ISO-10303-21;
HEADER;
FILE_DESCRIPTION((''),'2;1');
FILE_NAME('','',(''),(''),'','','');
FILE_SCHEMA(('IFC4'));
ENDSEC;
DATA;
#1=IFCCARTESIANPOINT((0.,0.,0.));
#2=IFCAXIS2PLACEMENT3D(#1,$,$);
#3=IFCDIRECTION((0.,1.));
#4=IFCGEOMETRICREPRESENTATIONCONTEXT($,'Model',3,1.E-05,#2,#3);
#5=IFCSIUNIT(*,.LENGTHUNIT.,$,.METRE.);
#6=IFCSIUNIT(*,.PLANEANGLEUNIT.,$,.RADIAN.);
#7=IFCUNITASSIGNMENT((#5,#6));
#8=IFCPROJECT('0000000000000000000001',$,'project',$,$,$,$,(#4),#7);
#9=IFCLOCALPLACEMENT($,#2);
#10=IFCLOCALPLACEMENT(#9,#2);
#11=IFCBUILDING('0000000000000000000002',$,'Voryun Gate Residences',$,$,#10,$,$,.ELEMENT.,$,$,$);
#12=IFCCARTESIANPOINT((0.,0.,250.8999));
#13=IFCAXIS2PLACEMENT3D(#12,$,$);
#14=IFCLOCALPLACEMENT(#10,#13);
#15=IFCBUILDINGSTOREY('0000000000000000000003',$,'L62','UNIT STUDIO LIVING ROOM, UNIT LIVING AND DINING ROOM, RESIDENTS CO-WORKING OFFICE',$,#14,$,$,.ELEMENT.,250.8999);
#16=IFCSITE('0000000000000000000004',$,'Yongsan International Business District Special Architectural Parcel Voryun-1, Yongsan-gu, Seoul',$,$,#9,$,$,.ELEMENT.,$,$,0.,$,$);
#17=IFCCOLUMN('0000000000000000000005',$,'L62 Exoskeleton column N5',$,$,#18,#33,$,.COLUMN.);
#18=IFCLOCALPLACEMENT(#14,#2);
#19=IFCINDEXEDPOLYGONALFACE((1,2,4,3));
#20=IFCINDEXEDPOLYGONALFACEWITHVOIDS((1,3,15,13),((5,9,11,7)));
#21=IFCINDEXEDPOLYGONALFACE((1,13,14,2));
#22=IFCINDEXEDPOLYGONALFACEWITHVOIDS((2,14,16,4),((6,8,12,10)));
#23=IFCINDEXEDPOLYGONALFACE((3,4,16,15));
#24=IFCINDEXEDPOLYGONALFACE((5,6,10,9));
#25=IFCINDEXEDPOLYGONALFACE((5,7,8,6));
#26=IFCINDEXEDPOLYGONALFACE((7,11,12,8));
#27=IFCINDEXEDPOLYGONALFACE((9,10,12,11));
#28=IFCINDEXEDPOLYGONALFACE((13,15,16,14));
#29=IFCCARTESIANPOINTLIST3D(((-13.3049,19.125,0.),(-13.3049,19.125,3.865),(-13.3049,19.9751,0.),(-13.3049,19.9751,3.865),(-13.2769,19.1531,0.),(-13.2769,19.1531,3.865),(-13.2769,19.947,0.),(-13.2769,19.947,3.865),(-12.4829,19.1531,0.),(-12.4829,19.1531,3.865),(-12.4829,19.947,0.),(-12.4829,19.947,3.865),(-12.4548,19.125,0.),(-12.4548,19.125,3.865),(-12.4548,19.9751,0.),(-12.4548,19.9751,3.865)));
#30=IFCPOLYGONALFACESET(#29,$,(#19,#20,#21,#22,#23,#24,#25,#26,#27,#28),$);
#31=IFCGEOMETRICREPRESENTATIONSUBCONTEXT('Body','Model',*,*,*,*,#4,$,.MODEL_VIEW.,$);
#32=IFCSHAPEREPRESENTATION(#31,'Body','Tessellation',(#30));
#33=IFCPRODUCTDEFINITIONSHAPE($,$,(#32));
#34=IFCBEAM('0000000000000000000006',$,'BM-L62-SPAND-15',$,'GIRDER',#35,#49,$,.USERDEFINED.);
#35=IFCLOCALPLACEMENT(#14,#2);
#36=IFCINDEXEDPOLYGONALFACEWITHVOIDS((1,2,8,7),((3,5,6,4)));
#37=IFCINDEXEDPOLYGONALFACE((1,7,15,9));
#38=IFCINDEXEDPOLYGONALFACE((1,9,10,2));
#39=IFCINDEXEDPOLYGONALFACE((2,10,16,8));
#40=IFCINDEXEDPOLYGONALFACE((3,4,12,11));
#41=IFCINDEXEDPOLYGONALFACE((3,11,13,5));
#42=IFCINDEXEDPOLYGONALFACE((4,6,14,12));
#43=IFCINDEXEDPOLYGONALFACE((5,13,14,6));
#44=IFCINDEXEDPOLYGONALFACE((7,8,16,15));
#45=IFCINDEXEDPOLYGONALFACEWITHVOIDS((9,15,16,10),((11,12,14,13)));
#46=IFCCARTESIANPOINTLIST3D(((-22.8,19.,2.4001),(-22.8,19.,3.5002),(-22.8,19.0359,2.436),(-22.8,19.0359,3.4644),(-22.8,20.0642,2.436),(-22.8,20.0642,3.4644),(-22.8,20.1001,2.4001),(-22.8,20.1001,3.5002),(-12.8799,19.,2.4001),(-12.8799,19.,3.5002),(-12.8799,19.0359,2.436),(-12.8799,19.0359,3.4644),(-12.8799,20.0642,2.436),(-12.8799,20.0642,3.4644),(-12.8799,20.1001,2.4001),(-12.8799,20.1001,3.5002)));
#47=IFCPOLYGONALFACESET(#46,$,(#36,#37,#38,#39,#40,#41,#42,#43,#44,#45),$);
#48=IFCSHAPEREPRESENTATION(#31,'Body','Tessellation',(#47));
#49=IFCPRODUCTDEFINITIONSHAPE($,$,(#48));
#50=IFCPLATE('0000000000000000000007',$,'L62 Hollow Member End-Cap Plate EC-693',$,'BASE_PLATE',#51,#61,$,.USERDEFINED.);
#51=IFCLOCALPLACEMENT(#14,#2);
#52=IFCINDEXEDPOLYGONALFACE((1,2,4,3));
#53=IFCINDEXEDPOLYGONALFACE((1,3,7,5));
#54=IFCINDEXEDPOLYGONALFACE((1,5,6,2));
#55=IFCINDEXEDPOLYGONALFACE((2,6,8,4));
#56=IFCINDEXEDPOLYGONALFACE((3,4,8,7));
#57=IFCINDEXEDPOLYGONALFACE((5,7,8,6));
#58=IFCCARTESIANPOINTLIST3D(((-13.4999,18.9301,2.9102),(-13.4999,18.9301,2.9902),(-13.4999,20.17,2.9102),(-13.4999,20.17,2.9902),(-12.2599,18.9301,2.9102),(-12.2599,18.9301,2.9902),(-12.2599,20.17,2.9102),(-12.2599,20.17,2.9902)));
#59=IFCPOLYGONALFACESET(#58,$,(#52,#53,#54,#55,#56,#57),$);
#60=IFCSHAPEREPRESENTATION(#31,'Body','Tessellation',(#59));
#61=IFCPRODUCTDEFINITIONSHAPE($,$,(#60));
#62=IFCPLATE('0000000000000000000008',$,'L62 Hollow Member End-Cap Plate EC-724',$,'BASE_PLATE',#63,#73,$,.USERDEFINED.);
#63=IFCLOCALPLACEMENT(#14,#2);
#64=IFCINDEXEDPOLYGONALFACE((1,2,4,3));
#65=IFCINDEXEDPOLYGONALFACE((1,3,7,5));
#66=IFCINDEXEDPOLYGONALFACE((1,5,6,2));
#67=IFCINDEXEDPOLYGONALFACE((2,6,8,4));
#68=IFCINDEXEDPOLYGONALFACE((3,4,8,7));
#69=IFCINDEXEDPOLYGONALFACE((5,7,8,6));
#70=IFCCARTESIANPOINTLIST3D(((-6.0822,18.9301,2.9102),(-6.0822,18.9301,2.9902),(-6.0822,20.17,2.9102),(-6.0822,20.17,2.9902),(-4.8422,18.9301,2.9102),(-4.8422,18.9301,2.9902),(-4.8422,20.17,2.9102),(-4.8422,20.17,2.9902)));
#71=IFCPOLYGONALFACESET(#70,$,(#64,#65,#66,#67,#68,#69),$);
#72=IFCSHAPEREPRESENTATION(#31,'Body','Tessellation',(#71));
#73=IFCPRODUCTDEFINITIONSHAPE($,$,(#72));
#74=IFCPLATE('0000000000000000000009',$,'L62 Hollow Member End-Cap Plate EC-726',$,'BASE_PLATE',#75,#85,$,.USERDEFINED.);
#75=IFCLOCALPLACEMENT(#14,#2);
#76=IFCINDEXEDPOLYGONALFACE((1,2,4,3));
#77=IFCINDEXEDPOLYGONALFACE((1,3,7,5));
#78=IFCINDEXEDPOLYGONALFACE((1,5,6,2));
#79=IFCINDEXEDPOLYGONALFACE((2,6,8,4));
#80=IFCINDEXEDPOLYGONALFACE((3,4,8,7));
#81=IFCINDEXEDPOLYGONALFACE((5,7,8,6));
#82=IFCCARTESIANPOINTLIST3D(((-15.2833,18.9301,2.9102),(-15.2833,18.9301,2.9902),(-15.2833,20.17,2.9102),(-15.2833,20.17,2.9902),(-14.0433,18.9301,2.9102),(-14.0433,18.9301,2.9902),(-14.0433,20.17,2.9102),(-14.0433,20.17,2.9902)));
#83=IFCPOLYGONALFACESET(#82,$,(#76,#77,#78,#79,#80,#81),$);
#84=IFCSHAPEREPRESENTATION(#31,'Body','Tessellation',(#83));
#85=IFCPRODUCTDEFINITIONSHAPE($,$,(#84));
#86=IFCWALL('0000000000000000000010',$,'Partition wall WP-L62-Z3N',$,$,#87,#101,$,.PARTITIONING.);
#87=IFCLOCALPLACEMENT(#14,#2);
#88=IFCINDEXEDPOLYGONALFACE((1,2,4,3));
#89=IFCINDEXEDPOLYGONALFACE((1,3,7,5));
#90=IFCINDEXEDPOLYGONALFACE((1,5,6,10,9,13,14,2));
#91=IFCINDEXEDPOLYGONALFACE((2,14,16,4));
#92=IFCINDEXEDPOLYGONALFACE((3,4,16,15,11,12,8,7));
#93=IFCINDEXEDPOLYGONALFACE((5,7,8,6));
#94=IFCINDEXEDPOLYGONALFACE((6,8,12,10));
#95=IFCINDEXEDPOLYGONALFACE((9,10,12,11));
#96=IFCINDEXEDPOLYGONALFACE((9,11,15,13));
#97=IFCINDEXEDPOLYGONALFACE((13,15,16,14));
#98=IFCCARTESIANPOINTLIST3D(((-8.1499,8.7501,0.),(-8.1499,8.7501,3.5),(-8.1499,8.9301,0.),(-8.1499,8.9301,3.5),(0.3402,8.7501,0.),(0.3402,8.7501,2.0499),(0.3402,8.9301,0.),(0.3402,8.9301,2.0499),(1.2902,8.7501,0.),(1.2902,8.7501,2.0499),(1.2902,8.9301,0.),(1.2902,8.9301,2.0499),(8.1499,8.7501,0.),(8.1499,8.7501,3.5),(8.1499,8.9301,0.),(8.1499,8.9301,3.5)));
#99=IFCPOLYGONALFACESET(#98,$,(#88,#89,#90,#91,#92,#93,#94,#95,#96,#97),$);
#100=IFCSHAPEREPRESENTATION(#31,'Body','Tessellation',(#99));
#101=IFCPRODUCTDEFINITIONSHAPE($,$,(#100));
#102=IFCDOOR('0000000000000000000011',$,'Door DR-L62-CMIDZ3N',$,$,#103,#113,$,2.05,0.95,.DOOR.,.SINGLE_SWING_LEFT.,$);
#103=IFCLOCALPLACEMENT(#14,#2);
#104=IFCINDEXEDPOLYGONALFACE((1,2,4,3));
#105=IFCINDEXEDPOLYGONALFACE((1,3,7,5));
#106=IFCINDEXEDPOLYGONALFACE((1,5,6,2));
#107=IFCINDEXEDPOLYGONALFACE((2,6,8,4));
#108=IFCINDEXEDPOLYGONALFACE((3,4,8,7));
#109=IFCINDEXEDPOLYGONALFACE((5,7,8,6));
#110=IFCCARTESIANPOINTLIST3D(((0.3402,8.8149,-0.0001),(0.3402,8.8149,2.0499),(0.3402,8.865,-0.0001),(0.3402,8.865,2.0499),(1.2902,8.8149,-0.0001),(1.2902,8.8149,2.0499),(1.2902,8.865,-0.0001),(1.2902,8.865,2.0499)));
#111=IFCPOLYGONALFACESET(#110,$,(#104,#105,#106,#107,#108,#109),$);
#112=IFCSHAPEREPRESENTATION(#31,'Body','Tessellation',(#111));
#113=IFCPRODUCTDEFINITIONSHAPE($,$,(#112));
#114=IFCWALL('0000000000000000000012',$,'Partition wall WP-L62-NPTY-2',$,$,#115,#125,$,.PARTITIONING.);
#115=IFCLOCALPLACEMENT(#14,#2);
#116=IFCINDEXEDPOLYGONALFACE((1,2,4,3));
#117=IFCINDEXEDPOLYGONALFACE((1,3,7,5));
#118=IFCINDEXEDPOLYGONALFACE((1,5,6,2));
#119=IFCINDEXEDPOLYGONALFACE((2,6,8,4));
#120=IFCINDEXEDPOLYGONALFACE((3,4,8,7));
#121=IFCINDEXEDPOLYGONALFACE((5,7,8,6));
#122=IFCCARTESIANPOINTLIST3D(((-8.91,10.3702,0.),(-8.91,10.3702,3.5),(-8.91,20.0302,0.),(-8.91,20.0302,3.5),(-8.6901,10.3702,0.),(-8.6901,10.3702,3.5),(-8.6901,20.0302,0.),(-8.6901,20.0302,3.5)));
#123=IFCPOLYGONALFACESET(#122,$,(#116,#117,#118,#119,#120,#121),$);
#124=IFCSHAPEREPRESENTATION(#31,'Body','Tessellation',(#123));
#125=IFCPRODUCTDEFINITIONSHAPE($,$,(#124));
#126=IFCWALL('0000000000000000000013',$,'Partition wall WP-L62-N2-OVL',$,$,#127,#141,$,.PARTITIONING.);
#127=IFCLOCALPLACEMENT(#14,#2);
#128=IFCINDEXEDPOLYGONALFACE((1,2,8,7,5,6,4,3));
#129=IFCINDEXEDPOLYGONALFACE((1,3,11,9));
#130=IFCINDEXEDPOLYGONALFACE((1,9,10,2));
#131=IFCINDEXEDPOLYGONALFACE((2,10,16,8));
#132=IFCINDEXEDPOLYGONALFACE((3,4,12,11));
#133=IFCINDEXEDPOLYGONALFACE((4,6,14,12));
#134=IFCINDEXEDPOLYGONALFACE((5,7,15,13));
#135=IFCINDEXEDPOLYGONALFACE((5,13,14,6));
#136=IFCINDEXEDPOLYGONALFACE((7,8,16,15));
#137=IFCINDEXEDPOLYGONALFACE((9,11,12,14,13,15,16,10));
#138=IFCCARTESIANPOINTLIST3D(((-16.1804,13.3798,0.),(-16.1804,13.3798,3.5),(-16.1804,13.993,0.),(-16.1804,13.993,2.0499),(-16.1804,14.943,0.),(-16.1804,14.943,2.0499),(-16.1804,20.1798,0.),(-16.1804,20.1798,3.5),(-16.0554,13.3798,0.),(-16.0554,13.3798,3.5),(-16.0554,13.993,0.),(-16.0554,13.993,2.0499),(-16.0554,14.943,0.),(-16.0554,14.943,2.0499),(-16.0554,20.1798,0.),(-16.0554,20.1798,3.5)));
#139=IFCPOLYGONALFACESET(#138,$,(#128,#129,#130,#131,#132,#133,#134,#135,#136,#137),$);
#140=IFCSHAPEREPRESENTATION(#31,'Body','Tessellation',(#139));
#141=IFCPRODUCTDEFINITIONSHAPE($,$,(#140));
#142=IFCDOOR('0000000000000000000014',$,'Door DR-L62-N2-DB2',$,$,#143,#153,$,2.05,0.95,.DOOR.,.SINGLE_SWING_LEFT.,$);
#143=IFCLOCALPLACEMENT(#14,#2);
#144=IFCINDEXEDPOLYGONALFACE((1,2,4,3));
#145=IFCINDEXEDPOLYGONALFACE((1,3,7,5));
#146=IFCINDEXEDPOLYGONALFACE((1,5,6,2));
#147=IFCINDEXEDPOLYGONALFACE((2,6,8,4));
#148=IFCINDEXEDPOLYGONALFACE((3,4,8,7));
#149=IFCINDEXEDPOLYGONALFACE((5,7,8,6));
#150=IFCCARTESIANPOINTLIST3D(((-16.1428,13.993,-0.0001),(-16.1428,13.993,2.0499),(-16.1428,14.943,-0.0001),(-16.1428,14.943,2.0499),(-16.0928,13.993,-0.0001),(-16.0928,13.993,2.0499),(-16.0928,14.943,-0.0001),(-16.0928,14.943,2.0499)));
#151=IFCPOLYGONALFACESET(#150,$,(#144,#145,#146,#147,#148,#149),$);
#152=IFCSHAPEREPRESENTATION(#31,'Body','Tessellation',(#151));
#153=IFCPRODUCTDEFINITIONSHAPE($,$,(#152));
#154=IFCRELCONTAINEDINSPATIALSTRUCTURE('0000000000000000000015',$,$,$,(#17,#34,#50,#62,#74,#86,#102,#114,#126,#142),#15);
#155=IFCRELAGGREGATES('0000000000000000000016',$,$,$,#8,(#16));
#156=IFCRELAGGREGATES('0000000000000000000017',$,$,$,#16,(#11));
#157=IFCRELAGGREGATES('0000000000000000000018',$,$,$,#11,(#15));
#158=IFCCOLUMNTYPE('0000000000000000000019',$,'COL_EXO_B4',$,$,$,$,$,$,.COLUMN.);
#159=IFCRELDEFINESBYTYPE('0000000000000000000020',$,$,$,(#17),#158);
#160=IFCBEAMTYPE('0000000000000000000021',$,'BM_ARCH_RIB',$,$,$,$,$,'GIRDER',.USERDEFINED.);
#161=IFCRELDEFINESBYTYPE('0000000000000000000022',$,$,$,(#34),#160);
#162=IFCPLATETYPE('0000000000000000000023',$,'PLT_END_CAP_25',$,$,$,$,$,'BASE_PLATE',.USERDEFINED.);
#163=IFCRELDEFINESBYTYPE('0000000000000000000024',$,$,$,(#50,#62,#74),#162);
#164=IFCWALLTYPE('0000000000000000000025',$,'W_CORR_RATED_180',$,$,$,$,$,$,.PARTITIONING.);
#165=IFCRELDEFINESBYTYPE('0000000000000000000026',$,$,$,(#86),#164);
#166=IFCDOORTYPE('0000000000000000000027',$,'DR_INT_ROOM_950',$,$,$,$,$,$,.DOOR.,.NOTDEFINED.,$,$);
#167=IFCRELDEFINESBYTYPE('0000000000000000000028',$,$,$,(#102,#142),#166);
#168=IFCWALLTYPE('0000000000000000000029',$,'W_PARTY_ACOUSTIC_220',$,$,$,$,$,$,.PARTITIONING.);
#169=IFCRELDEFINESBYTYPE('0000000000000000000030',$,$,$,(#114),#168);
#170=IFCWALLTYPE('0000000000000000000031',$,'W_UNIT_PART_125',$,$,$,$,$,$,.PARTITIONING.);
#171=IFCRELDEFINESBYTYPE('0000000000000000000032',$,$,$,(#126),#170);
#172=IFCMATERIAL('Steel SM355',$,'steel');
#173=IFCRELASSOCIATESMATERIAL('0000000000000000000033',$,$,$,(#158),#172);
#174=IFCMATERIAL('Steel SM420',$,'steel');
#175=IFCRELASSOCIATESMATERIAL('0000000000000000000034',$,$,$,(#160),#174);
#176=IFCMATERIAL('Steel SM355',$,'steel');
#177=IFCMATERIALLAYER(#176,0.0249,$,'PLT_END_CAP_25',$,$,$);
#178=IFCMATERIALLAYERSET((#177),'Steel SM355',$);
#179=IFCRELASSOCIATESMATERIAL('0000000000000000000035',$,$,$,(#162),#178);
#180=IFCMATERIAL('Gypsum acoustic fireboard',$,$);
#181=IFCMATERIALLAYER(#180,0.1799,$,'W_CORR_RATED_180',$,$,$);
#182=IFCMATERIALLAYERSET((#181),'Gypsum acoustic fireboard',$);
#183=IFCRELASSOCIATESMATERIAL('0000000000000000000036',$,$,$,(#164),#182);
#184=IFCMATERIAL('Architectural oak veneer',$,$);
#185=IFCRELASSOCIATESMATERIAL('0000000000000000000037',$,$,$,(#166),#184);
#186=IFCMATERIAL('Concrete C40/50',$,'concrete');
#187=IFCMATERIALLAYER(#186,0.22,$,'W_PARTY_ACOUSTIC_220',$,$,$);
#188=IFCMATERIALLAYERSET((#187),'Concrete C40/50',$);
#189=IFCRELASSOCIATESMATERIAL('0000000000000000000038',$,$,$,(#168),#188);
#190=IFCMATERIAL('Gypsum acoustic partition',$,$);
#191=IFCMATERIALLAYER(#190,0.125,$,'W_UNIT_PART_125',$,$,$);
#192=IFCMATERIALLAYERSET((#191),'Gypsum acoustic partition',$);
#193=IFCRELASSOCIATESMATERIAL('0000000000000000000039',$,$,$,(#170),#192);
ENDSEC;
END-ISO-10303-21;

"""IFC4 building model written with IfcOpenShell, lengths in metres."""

from ifc_helpers import new_model, si_unit, direction, frame, frame_2d, origin, origin_2d, place, context, subcontext, project, spatial, rectangle, hollow_rectangle, extrude, material, layer, layer_set, material_profile, profile_set, type_object, element, fill, save


model = new_model("IFC4")

# Units and contexts
model_context = context("Model", 3, precision=1e-05, world=origin(), true_north=direction((0.0, 1.0)))
body_context = subcontext(model_context, "Body", "Model", "MODEL_VIEW")
ifc_project = project(units=[si_unit("LENGTHUNIT", "METRE"), si_unit("PLANEANGLEUNIT", "RADIAN")], contexts=[model_context])

# Site, building, storey
site_placement = place(None, origin())
site = spatial("IfcSite", under=ifc_project, at=site_placement, Name="Yongsan International Business District Special Architectural Parcel Voryun-1, Yongsan-gu, Seoul", CompositionType="ELEMENT", RefElevation=0.0)
building_placement = place(site_placement, origin())
building = spatial("IfcBuilding", under=site, at=building_placement, Name="Voryun Gate Residences", CompositionType="ELEMENT")
storey_placement = place(building_placement, frame((0.0, 0.0, 250.8999)))
storey = spatial("IfcBuildingStorey", under=building, at=storey_placement, Name="L62", Description="UNIT STUDIO LIVING ROOM, UNIT LIVING AND DINING ROOM, RESIDENTS CO-WORKING OFFICE", CompositionType="ELEMENT", Elevation=250.8999)

# Column
ifc_material_1 = material(Name="Steel SM355", Category="steel")
ifc_material_profile_1 = material_profile(ifc_material_1, hollow_rectangle(XDim=0.8501, YDim=0.8501, WallThickness=0.0281, at=origin_2d()), Name="BOX-850x850x28")
ifc_profile_set_1 = profile_set([ifc_material_profile_1], Name="Steel SM355")
column_type = type_object("IfcColumnType", Name="COL_EXO_B4", PredefinedType="COLUMN", material=ifc_profile_set_1)
column_placement = place(storey_placement, frame((-12.8799, 19.55, 0.0), z_axis=(0.0, 0.0, 1.0), x_axis=(1.0, 0.0, 0.0)))
element("IfcColumn", 1, at=column_placement, inside=storey, type_object=column_type, Name="L62 Exoskeleton column N5", PredefinedType="COLUMN", context=body_context, shape_type="SweptSolid", body=[
    extrude(hollow_rectangle(XDim=0.8501, YDim=0.8501, WallThickness=0.0281, at=origin_2d()), origin(), (0.0, 0.0, 1.0), 3.865),
])

# Beam
ifc_material_2 = material(Name="Steel SM420", Category="steel")
ifc_material_profile_2 = material_profile(ifc_material_2, hollow_rectangle(XDim=1.1001, YDim=1.1001, WallThickness=0.0359, at=origin_2d()), Name="BOX-1100x1100x36")
ifc_profile_set_2 = profile_set([ifc_material_profile_2], Name="Steel SM420")
beam_type = type_object("IfcBeamType", Name="BM_ARCH_RIB", ElementType="GIRDER", PredefinedType="USERDEFINED", material=ifc_profile_set_2)
beam_placement = place(storey_placement, frame((-12.8799, 19.55, 2.9502), z_axis=(-1.0, 0.0, 0.0), x_axis=(0.0, -1.0, 0.0)))
element("IfcBeam", 2, at=beam_placement, inside=storey, type_object=beam_type, Name="BM-L62-SPAND-15", ObjectType="GIRDER", PredefinedType="USERDEFINED", context=body_context, shape_type="SweptSolid", body=[
    extrude(hollow_rectangle(XDim=1.1001, YDim=1.1001, WallThickness=0.0359, at=origin_2d()), origin(), (0.0, 0.0, 1.0), 9.9202),
])

# Plates
ifc_material_3 = material(Name="Steel SM355", Category="steel")
ifc_layer_1 = layer(ifc_material_3, 0.0249, Name="PLT_END_CAP_25")
ifc_layer_set_1 = layer_set([ifc_layer_1], Name="Steel SM355")
plate_type = type_object("IfcPlateType", Name="PLT_END_CAP_25", ElementType="BASE_PLATE", PredefinedType="USERDEFINED", material=ifc_layer_set_1)
for number, where, z_axis, x_axis, name in (
    (3, (-12.8799, 19.55, 2.9102), (0.0, 0.0, 1.0), (1.0, 0.0, 0.0), "L62 Hollow Member End-Cap Plate EC-693"),
    (4, (-5.4622, 19.55, 2.9102), (0.0, 0.0, 1.0), (1.0, 0.0, 0.0), "L62 Hollow Member End-Cap Plate EC-724"),
    (5, (-14.6633, 19.55, 2.9102), (0.0, 0.0, 1.0), (1.0, 0.0, 0.0), "L62 Hollow Member End-Cap Plate EC-726"),
):
    element("IfcPlate", number, at=place(storey_placement, frame(where, z_axis=z_axis, x_axis=x_axis)), inside=storey, type_object=plate_type, Name=name, ObjectType="BASE_PLATE", PredefinedType="USERDEFINED", context=body_context, shape_type="SweptSolid", body=[
        extrude(rectangle(XDim=1.24, YDim=1.24, at=origin_2d()), origin(), (0.0, 0.0, 1.0), 0.0801),
    ])

# Wall, opening, door
ifc_material_4 = material(Name="Gypsum acoustic fireboard")
ifc_layer_2 = layer(ifc_material_4, 0.1799, Name="W_CORR_RATED_180")
ifc_layer_set_2 = layer_set([ifc_layer_2], Name="Gypsum acoustic fireboard")
wall_type_1 = type_object("IfcWallType", Name="W_CORR_RATED_180", PredefinedType="PARTITIONING", material=ifc_layer_set_2)
wall_1_placement = place(storey_placement, frame((-8.1499, 8.8401, 0.0), z_axis=(0.0, 0.0, 1.0), x_axis=(1.0, 0.0, 0.0)))
wall_1 = element("IfcWall", 6, at=wall_1_placement, inside=storey, type_object=wall_type_1, Name="Partition wall WP-L62-Z3N", PredefinedType="PARTITIONING", context=body_context, shape_type="SweptSolid", body=[
    extrude(rectangle(XDim=16.2998, YDim=0.1799, at=frame_2d((8.1499, 0.0))), origin(), (0.0, 0.0, 1.0), 3.5),
])
opening_1_placement = place(wall_1_placement, frame((8.49, 0.0, 0.0)))
opening_1 = element("IfcOpeningElement", 7, at=opening_1_placement, cuts=wall_1, PredefinedType="OPENING", context=body_context, shape_type="SweptSolid", body=[
    extrude(rectangle(XDim=0.95, YDim=2.05, at=frame_2d((0.4751, 1.0249))), frame((0.0, 0.0999, 0.0), z_axis=(0.0, -1.0, 0.0), x_axis=(1.0, 0.0, 0.0)), (0.0, 0.0, 1.0), 0.2),
])
ifc_material_5 = material(Name="Architectural oak veneer")
door_type_1 = type_object("IfcDoorType", Name="DR_INT_ROOM_950", OperationType="NOTDEFINED", PredefinedType="DOOR", material=ifc_material_5)
door_1_placement = place(opening_1_placement, origin())
door_1 = element("IfcDoor", 8, at=door_1_placement, inside=storey, type_object=door_type_1, Name="Door DR-L62-CMIDZ3N", OperationType="SINGLE_SWING_LEFT", OverallHeight=2.05, OverallWidth=0.95, PredefinedType="DOOR", context=body_context, shape_type="SweptSolid", body=[
    extrude(rectangle(XDim=0.95, YDim=2.05, at=frame_2d((0.4751, 1.0249))), frame((0.0, 0.0249, 0.0), z_axis=(0.0, -1.0, 0.0), x_axis=(1.0, 0.0, 0.0)), (0.0, 0.0, 1.0), 0.05),
])
fill(opening_1, door_1)

# Wall
ifc_material_6 = material(Name="Concrete C40/50", Category="concrete")
ifc_layer_3 = layer(ifc_material_6, 0.22, Name="W_PARTY_ACOUSTIC_220")
ifc_layer_set_3 = layer_set([ifc_layer_3], Name="Concrete C40/50")
wall_type_2 = type_object("IfcWallType", Name="W_PARTY_ACOUSTIC_220", PredefinedType="PARTITIONING", material=ifc_layer_set_3)
wall_2_placement = place(storey_placement, frame((-8.8, 10.3701, 0.0), z_axis=(0.0, 0.0, 1.0), x_axis=(0.0, 1.0, 0.0)))
element("IfcWall", 9, at=wall_2_placement, inside=storey, type_object=wall_type_2, Name="Partition wall WP-L62-NPTY-2", PredefinedType="PARTITIONING", context=body_context, shape_type="SweptSolid", body=[
    extrude(rectangle(XDim=9.6599, YDim=0.22, at=frame_2d((4.8301, 0.0))), origin(), (0.0, 0.0, 1.0), 3.5),
])

# Wall, opening, door
ifc_material_7 = material(Name="Gypsum acoustic partition")
ifc_layer_4 = layer(ifc_material_7, 0.125, Name="W_UNIT_PART_125")
ifc_layer_set_4 = layer_set([ifc_layer_4], Name="Gypsum acoustic partition")
wall_type_3 = type_object("IfcWallType", Name="W_UNIT_PART_125", PredefinedType="PARTITIONING", material=ifc_layer_set_4)
wall_3_placement = place(storey_placement, frame((-16.1179, 13.3799, 0.0), z_axis=(0.0, 0.0, 1.0), x_axis=(0.0, 1.0, 0.0)))
wall_3 = element("IfcWall", 10, at=wall_3_placement, inside=storey, type_object=wall_type_3, Name="Partition wall WP-L62-N2-OVL", PredefinedType="PARTITIONING", context=body_context, shape_type="SweptSolid", body=[
    extrude(rectangle(XDim=6.8, YDim=0.125, at=frame_2d((3.3999, 0.0))), origin(), (0.0, 0.0, 1.0), 3.5),
])
opening_2_placement = place(wall_3_placement, frame((0.613, 0.0, 0.0)))
opening_2 = element("IfcOpeningElement", 11, at=opening_2_placement, cuts=wall_3, PredefinedType="OPENING", context=body_context, shape_type="SweptSolid", body=[
    extrude(rectangle(XDim=0.95, YDim=2.05, at=frame_2d((0.4751, 1.0249))), frame((0.0, 0.0725, 0.0), z_axis=(0.0, -1.0, 0.0), x_axis=(1.0, 0.0, 0.0)), (0.0, 0.0, 1.0), 0.145),
])
door_2_placement = place(opening_2_placement, origin())
door_2 = element("IfcDoor", 12, at=door_2_placement, inside=storey, type_object=door_type_1, Name="Door DR-L62-N2-DB2", OperationType="SINGLE_SWING_LEFT", OverallHeight=2.05, OverallWidth=0.95, PredefinedType="DOOR", context=body_context, shape_type="SweptSolid", body=[
    extrude(rectangle(XDim=0.95, YDim=2.05, at=frame_2d((0.4751, 1.0249))), frame((0.0, 0.0249, 0.0), z_axis=(0.0, -1.0, 0.0), x_axis=(1.0, 0.0, 0.0)), (0.0, 0.0, 1.0), 0.05),
])
fill(opening_2, door_2)

save(model, "model.ifc")
